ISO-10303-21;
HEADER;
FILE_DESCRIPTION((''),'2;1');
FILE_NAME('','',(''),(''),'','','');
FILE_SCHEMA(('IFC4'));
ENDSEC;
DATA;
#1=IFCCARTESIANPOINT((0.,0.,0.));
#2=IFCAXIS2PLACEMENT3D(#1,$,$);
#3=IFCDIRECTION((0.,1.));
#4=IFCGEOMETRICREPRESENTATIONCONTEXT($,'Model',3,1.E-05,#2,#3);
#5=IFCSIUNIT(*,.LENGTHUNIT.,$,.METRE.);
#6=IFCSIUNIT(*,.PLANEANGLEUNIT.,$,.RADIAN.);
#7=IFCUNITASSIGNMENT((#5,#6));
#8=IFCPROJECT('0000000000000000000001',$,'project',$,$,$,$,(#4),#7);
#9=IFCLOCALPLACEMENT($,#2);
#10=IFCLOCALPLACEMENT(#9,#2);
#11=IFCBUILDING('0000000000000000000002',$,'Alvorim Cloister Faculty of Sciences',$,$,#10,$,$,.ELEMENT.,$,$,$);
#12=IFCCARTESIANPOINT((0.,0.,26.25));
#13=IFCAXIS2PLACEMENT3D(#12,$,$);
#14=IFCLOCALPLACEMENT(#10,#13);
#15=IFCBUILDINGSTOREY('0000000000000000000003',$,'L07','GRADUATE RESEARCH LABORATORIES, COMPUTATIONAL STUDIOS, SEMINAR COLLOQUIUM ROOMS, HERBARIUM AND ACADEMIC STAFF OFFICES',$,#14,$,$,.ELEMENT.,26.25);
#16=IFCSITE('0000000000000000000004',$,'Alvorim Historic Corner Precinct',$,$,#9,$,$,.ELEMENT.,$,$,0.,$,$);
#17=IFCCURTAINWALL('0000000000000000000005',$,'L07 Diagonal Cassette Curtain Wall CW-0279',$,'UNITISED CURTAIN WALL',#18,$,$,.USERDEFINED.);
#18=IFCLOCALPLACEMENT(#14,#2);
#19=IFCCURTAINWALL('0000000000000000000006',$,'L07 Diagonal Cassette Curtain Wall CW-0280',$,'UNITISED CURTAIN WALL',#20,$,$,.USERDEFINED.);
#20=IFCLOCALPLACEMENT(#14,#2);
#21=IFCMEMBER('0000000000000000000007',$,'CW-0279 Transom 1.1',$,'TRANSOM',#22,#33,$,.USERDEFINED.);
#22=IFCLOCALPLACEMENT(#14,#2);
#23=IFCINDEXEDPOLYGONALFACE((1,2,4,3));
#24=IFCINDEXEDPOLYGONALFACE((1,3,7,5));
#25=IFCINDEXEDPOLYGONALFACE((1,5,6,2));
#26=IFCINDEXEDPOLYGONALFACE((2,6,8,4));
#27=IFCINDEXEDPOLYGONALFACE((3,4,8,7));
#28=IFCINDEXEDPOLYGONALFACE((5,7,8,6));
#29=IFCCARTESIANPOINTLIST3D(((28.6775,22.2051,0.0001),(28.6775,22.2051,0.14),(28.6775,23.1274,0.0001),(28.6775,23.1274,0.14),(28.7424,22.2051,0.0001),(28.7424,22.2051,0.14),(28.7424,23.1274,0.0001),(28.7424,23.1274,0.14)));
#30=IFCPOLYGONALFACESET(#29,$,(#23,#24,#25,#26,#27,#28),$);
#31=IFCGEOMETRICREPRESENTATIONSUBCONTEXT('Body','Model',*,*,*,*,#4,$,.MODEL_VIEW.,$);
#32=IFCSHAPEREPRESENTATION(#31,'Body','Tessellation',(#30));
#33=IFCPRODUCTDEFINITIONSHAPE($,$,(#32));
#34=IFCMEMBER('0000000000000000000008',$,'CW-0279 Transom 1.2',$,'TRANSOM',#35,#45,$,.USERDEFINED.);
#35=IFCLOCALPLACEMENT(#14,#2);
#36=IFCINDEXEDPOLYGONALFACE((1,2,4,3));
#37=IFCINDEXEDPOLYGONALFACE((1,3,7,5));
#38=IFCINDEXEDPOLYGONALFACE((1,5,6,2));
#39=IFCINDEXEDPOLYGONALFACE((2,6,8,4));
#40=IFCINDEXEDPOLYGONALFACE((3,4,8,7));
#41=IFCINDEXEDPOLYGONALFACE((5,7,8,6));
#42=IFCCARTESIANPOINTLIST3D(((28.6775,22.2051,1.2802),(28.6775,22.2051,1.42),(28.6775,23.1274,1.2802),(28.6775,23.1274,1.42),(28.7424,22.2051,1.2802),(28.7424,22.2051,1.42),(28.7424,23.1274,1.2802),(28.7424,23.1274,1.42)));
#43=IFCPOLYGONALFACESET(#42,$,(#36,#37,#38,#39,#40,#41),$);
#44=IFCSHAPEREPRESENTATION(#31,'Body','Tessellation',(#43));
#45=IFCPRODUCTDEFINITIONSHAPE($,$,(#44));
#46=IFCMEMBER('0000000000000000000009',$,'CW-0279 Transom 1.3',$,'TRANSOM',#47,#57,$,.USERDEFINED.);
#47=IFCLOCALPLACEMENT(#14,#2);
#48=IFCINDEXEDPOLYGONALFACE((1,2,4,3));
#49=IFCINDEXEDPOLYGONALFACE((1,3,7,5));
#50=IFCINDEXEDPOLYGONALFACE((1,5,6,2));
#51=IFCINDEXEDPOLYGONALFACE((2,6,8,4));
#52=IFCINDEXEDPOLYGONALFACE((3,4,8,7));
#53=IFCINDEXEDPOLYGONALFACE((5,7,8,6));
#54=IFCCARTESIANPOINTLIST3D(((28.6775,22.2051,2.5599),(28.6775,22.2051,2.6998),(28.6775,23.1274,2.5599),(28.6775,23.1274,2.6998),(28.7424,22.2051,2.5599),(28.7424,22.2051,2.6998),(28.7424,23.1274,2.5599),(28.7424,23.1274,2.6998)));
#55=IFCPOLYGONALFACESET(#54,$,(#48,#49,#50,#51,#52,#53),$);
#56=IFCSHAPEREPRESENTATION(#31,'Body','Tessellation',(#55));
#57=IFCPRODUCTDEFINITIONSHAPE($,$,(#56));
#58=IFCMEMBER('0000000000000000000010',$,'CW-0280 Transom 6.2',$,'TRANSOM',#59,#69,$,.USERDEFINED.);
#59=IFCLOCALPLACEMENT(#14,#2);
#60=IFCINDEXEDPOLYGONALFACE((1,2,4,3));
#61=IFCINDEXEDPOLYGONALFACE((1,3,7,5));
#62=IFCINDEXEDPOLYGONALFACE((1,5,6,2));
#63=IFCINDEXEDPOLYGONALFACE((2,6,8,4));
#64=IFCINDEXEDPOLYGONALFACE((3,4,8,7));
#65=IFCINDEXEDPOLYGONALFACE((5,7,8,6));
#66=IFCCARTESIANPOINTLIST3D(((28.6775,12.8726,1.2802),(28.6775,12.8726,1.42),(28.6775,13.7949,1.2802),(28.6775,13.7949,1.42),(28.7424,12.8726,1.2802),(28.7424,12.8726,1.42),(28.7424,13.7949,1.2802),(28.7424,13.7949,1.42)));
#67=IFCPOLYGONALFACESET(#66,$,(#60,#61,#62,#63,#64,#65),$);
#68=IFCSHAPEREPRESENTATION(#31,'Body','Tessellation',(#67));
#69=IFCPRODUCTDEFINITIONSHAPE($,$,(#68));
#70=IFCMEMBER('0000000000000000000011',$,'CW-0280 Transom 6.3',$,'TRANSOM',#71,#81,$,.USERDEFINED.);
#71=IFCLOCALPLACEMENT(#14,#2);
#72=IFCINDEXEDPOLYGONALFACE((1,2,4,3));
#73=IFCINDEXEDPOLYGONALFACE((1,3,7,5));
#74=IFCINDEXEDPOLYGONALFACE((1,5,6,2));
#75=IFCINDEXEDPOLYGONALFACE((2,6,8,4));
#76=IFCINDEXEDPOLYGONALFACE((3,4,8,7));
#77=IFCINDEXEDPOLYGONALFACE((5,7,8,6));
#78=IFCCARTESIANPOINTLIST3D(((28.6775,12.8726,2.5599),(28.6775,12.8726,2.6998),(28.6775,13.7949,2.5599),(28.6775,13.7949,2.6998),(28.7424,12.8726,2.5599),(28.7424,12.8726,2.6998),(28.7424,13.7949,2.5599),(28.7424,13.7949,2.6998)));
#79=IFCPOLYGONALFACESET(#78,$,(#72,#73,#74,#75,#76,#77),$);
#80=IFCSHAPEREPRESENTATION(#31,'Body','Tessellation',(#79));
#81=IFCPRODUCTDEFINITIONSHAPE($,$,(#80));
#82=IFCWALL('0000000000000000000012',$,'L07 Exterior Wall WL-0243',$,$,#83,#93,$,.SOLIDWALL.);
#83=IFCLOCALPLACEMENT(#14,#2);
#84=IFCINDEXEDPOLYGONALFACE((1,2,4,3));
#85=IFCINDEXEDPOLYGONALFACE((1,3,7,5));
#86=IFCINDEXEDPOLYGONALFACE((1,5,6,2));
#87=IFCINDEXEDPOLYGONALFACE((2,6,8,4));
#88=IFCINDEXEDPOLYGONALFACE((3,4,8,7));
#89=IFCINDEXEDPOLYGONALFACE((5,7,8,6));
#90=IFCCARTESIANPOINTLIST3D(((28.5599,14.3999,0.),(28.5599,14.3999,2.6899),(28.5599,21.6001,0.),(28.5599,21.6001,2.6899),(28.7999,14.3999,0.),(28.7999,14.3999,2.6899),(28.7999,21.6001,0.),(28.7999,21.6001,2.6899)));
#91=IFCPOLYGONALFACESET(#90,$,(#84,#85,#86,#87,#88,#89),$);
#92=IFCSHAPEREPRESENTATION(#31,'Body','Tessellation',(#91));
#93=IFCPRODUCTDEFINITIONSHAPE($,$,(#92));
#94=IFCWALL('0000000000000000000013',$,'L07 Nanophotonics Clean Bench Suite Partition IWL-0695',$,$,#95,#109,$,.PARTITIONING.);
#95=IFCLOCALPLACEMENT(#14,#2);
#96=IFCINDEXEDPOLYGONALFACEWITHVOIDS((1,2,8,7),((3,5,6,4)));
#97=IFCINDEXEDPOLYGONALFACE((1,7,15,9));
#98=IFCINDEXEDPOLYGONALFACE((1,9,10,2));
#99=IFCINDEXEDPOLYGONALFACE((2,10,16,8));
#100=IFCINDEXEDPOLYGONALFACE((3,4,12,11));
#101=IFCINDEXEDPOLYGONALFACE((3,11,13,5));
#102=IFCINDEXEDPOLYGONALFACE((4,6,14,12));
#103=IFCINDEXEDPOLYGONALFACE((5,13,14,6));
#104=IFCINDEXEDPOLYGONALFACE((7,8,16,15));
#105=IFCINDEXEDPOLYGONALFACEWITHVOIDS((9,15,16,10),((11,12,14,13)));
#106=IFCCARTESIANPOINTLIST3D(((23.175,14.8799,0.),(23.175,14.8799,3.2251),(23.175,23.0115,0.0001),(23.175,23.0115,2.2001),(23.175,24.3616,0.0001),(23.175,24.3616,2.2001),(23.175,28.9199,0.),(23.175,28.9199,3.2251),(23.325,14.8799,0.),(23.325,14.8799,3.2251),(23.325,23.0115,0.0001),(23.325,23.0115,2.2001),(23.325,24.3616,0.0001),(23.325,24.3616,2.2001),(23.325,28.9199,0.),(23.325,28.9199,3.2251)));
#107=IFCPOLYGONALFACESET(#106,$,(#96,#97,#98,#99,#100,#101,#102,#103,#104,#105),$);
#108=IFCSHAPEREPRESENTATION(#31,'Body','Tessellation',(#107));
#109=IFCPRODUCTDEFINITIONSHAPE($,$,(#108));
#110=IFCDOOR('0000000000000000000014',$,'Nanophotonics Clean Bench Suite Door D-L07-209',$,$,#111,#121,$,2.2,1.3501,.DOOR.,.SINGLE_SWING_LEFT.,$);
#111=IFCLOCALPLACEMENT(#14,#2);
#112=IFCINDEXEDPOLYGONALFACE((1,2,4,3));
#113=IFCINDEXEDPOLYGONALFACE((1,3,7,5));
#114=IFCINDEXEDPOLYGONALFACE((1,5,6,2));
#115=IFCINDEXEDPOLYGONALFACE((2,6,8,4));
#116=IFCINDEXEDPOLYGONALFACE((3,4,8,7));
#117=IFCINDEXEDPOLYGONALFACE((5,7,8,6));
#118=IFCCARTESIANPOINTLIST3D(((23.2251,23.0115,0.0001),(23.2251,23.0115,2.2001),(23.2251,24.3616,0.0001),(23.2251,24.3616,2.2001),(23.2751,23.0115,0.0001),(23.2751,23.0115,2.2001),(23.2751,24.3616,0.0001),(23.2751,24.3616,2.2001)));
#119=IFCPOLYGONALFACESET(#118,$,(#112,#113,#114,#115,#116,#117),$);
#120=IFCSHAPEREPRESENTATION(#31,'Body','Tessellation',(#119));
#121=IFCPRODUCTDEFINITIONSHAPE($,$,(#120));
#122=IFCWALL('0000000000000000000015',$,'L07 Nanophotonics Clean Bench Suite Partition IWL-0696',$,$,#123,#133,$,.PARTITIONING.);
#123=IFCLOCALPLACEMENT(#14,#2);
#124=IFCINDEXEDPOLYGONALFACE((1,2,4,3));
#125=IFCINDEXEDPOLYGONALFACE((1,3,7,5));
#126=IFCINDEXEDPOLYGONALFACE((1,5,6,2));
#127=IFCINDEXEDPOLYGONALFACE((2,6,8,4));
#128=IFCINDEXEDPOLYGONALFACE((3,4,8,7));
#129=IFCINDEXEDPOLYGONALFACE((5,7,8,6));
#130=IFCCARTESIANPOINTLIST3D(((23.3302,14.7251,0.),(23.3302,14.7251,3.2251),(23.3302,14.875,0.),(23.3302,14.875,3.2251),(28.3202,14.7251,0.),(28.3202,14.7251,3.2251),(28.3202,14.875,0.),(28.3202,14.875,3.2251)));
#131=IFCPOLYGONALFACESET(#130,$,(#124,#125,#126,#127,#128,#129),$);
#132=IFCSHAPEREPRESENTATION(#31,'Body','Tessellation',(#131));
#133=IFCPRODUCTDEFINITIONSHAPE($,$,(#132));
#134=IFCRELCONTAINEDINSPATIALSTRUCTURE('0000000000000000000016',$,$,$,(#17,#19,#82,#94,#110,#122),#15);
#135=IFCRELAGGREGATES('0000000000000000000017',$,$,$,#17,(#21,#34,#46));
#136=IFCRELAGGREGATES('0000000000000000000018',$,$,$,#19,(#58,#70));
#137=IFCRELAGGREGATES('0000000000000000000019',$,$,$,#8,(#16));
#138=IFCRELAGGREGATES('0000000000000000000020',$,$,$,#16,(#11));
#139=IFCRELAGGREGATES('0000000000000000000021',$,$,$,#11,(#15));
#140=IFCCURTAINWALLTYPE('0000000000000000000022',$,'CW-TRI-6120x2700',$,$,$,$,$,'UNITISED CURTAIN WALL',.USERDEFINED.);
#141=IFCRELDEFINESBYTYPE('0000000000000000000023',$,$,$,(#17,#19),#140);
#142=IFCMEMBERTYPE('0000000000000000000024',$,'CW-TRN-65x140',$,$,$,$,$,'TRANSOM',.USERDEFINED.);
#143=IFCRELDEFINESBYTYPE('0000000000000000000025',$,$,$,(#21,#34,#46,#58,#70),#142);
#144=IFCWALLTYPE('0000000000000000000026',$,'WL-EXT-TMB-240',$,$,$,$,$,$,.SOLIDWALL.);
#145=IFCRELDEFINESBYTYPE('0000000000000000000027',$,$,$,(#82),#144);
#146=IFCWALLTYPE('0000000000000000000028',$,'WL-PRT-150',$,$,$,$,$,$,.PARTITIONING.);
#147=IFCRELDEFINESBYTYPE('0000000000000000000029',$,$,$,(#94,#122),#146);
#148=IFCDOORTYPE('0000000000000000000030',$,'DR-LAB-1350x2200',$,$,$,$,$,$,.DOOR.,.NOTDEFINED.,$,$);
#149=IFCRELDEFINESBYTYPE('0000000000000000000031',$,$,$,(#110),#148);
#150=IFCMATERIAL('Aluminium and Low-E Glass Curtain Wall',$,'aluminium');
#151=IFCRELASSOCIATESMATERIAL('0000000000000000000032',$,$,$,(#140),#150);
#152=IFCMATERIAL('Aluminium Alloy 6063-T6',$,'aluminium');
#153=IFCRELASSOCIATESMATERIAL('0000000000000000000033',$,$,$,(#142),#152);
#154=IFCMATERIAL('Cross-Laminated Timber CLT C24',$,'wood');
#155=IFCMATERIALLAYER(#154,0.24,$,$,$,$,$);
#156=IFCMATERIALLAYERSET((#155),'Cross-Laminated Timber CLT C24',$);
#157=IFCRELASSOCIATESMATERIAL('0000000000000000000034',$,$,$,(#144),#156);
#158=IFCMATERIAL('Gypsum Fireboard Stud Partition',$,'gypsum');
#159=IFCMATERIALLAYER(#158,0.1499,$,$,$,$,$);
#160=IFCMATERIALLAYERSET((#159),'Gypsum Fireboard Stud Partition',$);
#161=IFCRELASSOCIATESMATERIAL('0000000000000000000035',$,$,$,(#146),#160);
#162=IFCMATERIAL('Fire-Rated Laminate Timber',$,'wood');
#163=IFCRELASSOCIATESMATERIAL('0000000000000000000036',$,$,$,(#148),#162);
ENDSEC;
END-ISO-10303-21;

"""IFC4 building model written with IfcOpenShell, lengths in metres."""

from ifc_helpers import new_model, si_unit, direction, frame, frame_2d, origin, origin_2d, place, context, subcontext, project, spatial, rectangle, extrude, material, layer, layer_set, material_profile, profile_set, type_object, element, fill, aggregate, save


model = new_model("IFC4")

# Units and contexts
model_context = context("Model", 3, precision=1e-05, world=origin(), true_north=direction((0.0, 1.0)))
body_context = subcontext(model_context, "Body", "Model", "MODEL_VIEW")
ifc_project = project(units=[si_unit("LENGTHUNIT", "METRE"), si_unit("PLANEANGLEUNIT", "RADIAN")], contexts=[model_context])

# Site, building, storey
site_placement = place(None, origin())
site = spatial("IfcSite", under=ifc_project, at=site_placement, Name="Alvorim Historic Corner Precinct", CompositionType="ELEMENT", RefElevation=0.0)
building_placement = place(site_placement, origin())
building = spatial("IfcBuilding", under=site, at=building_placement, Name="Alvorim Cloister Faculty of Sciences", CompositionType="ELEMENT")
storey_placement = place(building_placement, frame((0.0, 0.0, 26.25)))
storey = spatial("IfcBuildingStorey", under=building, at=storey_placement, Name="L07", Description="GRADUATE RESEARCH LABORATORIES, COMPUTATIONAL STUDIOS, SEMINAR COLLOQUIUM ROOMS, HERBARIUM AND ACADEMIC STAFF OFFICES", CompositionType="ELEMENT", Elevation=26.25)

# Curtain walls
ifc_material_1 = material(Name="Aluminium and Low-E Glass Curtain Wall", Category="aluminium")
curtain_wall_type = type_object("IfcCurtainWallType", Name="CW-TRI-6120x2700", ElementType="UNITISED CURTAIN WALL", PredefinedType="USERDEFINED", material=ifc_material_1)
curtain_wall_1_placement = place(storey_placement, origin())
curtain_wall_1 = element("IfcCurtainWall", 1, at=curtain_wall_1_placement, inside=storey, type_object=curtain_wall_type, Name="L07 Diagonal Cassette Curtain Wall CW-0279", ObjectType="UNITISED CURTAIN WALL", PredefinedType="USERDEFINED")
ifc_material_2 = material(Name="Aluminium Alloy 6063-T6", Category="aluminium")
curtain_wall_2_placement = place(storey_placement, origin())
curtain_wall_2 = element("IfcCurtainWall", 2, at=curtain_wall_2_placement, inside=storey, type_object=curtain_wall_type, Name="L07 Diagonal Cassette Curtain Wall CW-0280", ObjectType="UNITISED CURTAIN WALL", PredefinedType="USERDEFINED")

# Members
ifc_material_profile_1 = material_profile(ifc_material_2, rectangle(XDim=0.0649, YDim=0.1399, at=origin_2d()), Name="ALU-TRN-65x140")
ifc_profile_set_1 = profile_set([ifc_material_profile_1], Name="Aluminium Alloy 6063-T6")
member_type_1 = type_object("IfcMemberType", Name="CW-TRN-65x140", ElementType="TRANSOM", PredefinedType="USERDEFINED", material=ifc_profile_set_1)
member_1_placement = place(storey_placement, frame((28.71, 22.2051, 0.0701), z_axis=(0.0, 1.0, 0.0), x_axis=(-1.0, 0.0, 0.0)))
member_1 = element("IfcMember", 3, at=member_1_placement, type_object=member_type_1, Name="CW-0279 Transom 1.1", ObjectType="TRANSOM", PredefinedType="USERDEFINED", context=body_context, shape_type="SweptSolid", body=[
    extrude(rectangle(XDim=0.0649, YDim=0.1399, at=origin_2d()), origin(), (0.0, 0.0, 1.0), 0.9224),
])
member_2_placement = place(storey_placement, frame((28.71, 22.2051, 1.3501), z_axis=(0.0, 1.0, 0.0), x_axis=(-1.0, 0.0, 0.0)))
member_2 = element("IfcMember", 4, at=member_2_placement, type_object=member_type_1, Name="CW-0279 Transom 1.2", ObjectType="TRANSOM", PredefinedType="USERDEFINED", context=body_context, shape_type="SweptSolid", body=[
    extrude(rectangle(XDim=0.0649, YDim=0.1399, at=origin_2d()), origin(), (0.0, 0.0, 1.0), 0.9224),
])
member_3_placement = place(storey_placement, frame((28.71, 22.2051, 2.6299), z_axis=(0.0, 1.0, 0.0), x_axis=(-1.0, 0.0, 0.0)))
member_3 = element("IfcMember", 5, at=member_3_placement, type_object=member_type_1, Name="CW-0279 Transom 1.3", ObjectType="TRANSOM", PredefinedType="USERDEFINED", context=body_context, shape_type="SweptSolid", body=[
    extrude(rectangle(XDim=0.0649, YDim=0.1399, at=origin_2d()), origin(), (0.0, 0.0, 1.0), 0.9224),
])
aggregate(curtain_wall_1, [member_1, member_2, member_3])
member_4_placement = place(storey_placement, frame((28.71, 12.8726, 1.3501), z_axis=(0.0, 1.0, 0.0), x_axis=(-1.0, 0.0, 0.0)))
member_4 = element("IfcMember", 6, at=member_4_placement, type_object=member_type_1, Name="CW-0280 Transom 6.2", ObjectType="TRANSOM", PredefinedType="USERDEFINED", context=body_context, shape_type="SweptSolid", body=[
    extrude(rectangle(XDim=0.0649, YDim=0.1399, at=origin_2d()), origin(), (0.0, 0.0, 1.0), 0.9224),
])
member_5_placement = place(storey_placement, frame((28.71, 12.8726, 2.6299), z_axis=(0.0, 1.0, 0.0), x_axis=(-1.0, 0.0, 0.0)))
member_5 = element("IfcMember", 7, at=member_5_placement, type_object=member_type_1, Name="CW-0280 Transom 6.3", ObjectType="TRANSOM", PredefinedType="USERDEFINED", context=body_context, shape_type="SweptSolid", body=[
    extrude(rectangle(XDim=0.0649, YDim=0.1399, at=origin_2d()), origin(), (0.0, 0.0, 1.0), 0.9224),
])
aggregate(curtain_wall_2, [member_4, member_5])

# Wall
ifc_material_3 = material(Name="Cross-Laminated Timber CLT C24", Category="wood")
ifc_layer_1 = layer(ifc_material_3, 0.24)
ifc_layer_set_1 = layer_set([ifc_layer_1], Name="Cross-Laminated Timber CLT C24")
wall_type_1 = type_object("IfcWallType", Name="WL-EXT-TMB-240", PredefinedType="SOLIDWALL", material=ifc_layer_set_1)
wall_1_placement = place(storey_placement, frame((28.6799, 14.3999, 0.0), z_axis=(0.0, 0.0, 1.0), x_axis=(0.0, 1.0, 0.0)))
element("IfcWall", 8, at=wall_1_placement, inside=storey, type_object=wall_type_1, Name="L07 Exterior Wall WL-0243", PredefinedType="SOLIDWALL", context=body_context, shape_type="SweptSolid", body=[
    extrude(rectangle(XDim=7.2002, YDim=0.24, at=frame_2d((3.6001, 0.0))), origin(), (0.0, 0.0, 1.0), 2.6899),
])

# Wall, opening, door
ifc_material_4 = material(Name="Gypsum Fireboard Stud Partition", Category="gypsum")
ifc_layer_2 = layer(ifc_material_4, 0.1499)
ifc_layer_set_2 = layer_set([ifc_layer_2], Name="Gypsum Fireboard Stud Partition")
wall_type_2 = type_object("IfcWallType", Name="WL-PRT-150", PredefinedType="PARTITIONING", material=ifc_layer_set_2)
wall_2_placement = place(storey_placement, frame((23.25, 14.8799, 0.0), z_axis=(0.0, 0.0, 1.0), x_axis=(0.0, 1.0, 0.0)))
wall_2 = element("IfcWall", 9, at=wall_2_placement, inside=storey, type_object=wall_type_2, Name="L07 Nanophotonics Clean Bench Suite Partition IWL-0695", PredefinedType="PARTITIONING", context=body_context, shape_type="SweptSolid", body=[
    extrude(rectangle(XDim=14.04, YDim=0.1499, at=frame_2d((7.02, 0.0))), origin(), (0.0, 0.0, 1.0), 3.2251),
])
opening_placement = place(wall_2_placement, frame((8.1316, 0.0, 0.0)))
opening = element("IfcOpeningElement", 10, at=opening_placement, cuts=wall_2, PredefinedType="OPENING", context=body_context, shape_type="SweptSolid", body=[
    extrude(rectangle(XDim=1.3501, YDim=2.2, at=frame_2d((0.675, 1.1001))), frame((0.0, 0.0869, 0.0), z_axis=(0.0, -1.0, 0.0), x_axis=(1.0, 0.0, 0.0)), (0.0, 0.0, 1.0), 0.1738),
])
ifc_material_5 = material(Name="Fire-Rated Laminate Timber", Category="wood")
door_type = type_object("IfcDoorType", Name="DR-LAB-1350x2200", OperationType="NOTDEFINED", PredefinedType="DOOR", material=ifc_material_5)
door_placement = place(opening_placement, origin())
door = element("IfcDoor", 11, at=door_placement, inside=storey, type_object=door_type, Name="Nanophotonics Clean Bench Suite Door D-L07-209", OperationType="SINGLE_SWING_LEFT", OverallHeight=2.2, OverallWidth=1.3501, PredefinedType="DOOR", context=body_context, shape_type="SweptSolid", body=[
    extrude(rectangle(XDim=1.3501, YDim=2.2, at=frame_2d((0.675, 1.1001))), frame((0.0, 0.0249, 0.0), z_axis=(0.0, -1.0, 0.0), x_axis=(1.0, 0.0, 0.0)), (0.0, 0.0, 1.0), 0.05),
])
fill(opening, door)

# Wall
wall_3_placement = place(storey_placement, frame((23.3301, 14.8, 0.0), z_axis=(0.0, 0.0, 1.0), x_axis=(1.0, 0.0, 0.0)))
element("IfcWall", 12, at=wall_3_placement, inside=storey, type_object=wall_type_2, Name="L07 Nanophotonics Clean Bench Suite Partition IWL-0696", PredefinedType="PARTITIONING", context=body_context, shape_type="SweptSolid", body=[
    extrude(rectangle(XDim=4.99, YDim=0.1499, at=frame_2d((2.4951, 0.0))), origin(), (0.0, 0.0, 1.0), 3.2251),
])

save(model, "model.ifc")
